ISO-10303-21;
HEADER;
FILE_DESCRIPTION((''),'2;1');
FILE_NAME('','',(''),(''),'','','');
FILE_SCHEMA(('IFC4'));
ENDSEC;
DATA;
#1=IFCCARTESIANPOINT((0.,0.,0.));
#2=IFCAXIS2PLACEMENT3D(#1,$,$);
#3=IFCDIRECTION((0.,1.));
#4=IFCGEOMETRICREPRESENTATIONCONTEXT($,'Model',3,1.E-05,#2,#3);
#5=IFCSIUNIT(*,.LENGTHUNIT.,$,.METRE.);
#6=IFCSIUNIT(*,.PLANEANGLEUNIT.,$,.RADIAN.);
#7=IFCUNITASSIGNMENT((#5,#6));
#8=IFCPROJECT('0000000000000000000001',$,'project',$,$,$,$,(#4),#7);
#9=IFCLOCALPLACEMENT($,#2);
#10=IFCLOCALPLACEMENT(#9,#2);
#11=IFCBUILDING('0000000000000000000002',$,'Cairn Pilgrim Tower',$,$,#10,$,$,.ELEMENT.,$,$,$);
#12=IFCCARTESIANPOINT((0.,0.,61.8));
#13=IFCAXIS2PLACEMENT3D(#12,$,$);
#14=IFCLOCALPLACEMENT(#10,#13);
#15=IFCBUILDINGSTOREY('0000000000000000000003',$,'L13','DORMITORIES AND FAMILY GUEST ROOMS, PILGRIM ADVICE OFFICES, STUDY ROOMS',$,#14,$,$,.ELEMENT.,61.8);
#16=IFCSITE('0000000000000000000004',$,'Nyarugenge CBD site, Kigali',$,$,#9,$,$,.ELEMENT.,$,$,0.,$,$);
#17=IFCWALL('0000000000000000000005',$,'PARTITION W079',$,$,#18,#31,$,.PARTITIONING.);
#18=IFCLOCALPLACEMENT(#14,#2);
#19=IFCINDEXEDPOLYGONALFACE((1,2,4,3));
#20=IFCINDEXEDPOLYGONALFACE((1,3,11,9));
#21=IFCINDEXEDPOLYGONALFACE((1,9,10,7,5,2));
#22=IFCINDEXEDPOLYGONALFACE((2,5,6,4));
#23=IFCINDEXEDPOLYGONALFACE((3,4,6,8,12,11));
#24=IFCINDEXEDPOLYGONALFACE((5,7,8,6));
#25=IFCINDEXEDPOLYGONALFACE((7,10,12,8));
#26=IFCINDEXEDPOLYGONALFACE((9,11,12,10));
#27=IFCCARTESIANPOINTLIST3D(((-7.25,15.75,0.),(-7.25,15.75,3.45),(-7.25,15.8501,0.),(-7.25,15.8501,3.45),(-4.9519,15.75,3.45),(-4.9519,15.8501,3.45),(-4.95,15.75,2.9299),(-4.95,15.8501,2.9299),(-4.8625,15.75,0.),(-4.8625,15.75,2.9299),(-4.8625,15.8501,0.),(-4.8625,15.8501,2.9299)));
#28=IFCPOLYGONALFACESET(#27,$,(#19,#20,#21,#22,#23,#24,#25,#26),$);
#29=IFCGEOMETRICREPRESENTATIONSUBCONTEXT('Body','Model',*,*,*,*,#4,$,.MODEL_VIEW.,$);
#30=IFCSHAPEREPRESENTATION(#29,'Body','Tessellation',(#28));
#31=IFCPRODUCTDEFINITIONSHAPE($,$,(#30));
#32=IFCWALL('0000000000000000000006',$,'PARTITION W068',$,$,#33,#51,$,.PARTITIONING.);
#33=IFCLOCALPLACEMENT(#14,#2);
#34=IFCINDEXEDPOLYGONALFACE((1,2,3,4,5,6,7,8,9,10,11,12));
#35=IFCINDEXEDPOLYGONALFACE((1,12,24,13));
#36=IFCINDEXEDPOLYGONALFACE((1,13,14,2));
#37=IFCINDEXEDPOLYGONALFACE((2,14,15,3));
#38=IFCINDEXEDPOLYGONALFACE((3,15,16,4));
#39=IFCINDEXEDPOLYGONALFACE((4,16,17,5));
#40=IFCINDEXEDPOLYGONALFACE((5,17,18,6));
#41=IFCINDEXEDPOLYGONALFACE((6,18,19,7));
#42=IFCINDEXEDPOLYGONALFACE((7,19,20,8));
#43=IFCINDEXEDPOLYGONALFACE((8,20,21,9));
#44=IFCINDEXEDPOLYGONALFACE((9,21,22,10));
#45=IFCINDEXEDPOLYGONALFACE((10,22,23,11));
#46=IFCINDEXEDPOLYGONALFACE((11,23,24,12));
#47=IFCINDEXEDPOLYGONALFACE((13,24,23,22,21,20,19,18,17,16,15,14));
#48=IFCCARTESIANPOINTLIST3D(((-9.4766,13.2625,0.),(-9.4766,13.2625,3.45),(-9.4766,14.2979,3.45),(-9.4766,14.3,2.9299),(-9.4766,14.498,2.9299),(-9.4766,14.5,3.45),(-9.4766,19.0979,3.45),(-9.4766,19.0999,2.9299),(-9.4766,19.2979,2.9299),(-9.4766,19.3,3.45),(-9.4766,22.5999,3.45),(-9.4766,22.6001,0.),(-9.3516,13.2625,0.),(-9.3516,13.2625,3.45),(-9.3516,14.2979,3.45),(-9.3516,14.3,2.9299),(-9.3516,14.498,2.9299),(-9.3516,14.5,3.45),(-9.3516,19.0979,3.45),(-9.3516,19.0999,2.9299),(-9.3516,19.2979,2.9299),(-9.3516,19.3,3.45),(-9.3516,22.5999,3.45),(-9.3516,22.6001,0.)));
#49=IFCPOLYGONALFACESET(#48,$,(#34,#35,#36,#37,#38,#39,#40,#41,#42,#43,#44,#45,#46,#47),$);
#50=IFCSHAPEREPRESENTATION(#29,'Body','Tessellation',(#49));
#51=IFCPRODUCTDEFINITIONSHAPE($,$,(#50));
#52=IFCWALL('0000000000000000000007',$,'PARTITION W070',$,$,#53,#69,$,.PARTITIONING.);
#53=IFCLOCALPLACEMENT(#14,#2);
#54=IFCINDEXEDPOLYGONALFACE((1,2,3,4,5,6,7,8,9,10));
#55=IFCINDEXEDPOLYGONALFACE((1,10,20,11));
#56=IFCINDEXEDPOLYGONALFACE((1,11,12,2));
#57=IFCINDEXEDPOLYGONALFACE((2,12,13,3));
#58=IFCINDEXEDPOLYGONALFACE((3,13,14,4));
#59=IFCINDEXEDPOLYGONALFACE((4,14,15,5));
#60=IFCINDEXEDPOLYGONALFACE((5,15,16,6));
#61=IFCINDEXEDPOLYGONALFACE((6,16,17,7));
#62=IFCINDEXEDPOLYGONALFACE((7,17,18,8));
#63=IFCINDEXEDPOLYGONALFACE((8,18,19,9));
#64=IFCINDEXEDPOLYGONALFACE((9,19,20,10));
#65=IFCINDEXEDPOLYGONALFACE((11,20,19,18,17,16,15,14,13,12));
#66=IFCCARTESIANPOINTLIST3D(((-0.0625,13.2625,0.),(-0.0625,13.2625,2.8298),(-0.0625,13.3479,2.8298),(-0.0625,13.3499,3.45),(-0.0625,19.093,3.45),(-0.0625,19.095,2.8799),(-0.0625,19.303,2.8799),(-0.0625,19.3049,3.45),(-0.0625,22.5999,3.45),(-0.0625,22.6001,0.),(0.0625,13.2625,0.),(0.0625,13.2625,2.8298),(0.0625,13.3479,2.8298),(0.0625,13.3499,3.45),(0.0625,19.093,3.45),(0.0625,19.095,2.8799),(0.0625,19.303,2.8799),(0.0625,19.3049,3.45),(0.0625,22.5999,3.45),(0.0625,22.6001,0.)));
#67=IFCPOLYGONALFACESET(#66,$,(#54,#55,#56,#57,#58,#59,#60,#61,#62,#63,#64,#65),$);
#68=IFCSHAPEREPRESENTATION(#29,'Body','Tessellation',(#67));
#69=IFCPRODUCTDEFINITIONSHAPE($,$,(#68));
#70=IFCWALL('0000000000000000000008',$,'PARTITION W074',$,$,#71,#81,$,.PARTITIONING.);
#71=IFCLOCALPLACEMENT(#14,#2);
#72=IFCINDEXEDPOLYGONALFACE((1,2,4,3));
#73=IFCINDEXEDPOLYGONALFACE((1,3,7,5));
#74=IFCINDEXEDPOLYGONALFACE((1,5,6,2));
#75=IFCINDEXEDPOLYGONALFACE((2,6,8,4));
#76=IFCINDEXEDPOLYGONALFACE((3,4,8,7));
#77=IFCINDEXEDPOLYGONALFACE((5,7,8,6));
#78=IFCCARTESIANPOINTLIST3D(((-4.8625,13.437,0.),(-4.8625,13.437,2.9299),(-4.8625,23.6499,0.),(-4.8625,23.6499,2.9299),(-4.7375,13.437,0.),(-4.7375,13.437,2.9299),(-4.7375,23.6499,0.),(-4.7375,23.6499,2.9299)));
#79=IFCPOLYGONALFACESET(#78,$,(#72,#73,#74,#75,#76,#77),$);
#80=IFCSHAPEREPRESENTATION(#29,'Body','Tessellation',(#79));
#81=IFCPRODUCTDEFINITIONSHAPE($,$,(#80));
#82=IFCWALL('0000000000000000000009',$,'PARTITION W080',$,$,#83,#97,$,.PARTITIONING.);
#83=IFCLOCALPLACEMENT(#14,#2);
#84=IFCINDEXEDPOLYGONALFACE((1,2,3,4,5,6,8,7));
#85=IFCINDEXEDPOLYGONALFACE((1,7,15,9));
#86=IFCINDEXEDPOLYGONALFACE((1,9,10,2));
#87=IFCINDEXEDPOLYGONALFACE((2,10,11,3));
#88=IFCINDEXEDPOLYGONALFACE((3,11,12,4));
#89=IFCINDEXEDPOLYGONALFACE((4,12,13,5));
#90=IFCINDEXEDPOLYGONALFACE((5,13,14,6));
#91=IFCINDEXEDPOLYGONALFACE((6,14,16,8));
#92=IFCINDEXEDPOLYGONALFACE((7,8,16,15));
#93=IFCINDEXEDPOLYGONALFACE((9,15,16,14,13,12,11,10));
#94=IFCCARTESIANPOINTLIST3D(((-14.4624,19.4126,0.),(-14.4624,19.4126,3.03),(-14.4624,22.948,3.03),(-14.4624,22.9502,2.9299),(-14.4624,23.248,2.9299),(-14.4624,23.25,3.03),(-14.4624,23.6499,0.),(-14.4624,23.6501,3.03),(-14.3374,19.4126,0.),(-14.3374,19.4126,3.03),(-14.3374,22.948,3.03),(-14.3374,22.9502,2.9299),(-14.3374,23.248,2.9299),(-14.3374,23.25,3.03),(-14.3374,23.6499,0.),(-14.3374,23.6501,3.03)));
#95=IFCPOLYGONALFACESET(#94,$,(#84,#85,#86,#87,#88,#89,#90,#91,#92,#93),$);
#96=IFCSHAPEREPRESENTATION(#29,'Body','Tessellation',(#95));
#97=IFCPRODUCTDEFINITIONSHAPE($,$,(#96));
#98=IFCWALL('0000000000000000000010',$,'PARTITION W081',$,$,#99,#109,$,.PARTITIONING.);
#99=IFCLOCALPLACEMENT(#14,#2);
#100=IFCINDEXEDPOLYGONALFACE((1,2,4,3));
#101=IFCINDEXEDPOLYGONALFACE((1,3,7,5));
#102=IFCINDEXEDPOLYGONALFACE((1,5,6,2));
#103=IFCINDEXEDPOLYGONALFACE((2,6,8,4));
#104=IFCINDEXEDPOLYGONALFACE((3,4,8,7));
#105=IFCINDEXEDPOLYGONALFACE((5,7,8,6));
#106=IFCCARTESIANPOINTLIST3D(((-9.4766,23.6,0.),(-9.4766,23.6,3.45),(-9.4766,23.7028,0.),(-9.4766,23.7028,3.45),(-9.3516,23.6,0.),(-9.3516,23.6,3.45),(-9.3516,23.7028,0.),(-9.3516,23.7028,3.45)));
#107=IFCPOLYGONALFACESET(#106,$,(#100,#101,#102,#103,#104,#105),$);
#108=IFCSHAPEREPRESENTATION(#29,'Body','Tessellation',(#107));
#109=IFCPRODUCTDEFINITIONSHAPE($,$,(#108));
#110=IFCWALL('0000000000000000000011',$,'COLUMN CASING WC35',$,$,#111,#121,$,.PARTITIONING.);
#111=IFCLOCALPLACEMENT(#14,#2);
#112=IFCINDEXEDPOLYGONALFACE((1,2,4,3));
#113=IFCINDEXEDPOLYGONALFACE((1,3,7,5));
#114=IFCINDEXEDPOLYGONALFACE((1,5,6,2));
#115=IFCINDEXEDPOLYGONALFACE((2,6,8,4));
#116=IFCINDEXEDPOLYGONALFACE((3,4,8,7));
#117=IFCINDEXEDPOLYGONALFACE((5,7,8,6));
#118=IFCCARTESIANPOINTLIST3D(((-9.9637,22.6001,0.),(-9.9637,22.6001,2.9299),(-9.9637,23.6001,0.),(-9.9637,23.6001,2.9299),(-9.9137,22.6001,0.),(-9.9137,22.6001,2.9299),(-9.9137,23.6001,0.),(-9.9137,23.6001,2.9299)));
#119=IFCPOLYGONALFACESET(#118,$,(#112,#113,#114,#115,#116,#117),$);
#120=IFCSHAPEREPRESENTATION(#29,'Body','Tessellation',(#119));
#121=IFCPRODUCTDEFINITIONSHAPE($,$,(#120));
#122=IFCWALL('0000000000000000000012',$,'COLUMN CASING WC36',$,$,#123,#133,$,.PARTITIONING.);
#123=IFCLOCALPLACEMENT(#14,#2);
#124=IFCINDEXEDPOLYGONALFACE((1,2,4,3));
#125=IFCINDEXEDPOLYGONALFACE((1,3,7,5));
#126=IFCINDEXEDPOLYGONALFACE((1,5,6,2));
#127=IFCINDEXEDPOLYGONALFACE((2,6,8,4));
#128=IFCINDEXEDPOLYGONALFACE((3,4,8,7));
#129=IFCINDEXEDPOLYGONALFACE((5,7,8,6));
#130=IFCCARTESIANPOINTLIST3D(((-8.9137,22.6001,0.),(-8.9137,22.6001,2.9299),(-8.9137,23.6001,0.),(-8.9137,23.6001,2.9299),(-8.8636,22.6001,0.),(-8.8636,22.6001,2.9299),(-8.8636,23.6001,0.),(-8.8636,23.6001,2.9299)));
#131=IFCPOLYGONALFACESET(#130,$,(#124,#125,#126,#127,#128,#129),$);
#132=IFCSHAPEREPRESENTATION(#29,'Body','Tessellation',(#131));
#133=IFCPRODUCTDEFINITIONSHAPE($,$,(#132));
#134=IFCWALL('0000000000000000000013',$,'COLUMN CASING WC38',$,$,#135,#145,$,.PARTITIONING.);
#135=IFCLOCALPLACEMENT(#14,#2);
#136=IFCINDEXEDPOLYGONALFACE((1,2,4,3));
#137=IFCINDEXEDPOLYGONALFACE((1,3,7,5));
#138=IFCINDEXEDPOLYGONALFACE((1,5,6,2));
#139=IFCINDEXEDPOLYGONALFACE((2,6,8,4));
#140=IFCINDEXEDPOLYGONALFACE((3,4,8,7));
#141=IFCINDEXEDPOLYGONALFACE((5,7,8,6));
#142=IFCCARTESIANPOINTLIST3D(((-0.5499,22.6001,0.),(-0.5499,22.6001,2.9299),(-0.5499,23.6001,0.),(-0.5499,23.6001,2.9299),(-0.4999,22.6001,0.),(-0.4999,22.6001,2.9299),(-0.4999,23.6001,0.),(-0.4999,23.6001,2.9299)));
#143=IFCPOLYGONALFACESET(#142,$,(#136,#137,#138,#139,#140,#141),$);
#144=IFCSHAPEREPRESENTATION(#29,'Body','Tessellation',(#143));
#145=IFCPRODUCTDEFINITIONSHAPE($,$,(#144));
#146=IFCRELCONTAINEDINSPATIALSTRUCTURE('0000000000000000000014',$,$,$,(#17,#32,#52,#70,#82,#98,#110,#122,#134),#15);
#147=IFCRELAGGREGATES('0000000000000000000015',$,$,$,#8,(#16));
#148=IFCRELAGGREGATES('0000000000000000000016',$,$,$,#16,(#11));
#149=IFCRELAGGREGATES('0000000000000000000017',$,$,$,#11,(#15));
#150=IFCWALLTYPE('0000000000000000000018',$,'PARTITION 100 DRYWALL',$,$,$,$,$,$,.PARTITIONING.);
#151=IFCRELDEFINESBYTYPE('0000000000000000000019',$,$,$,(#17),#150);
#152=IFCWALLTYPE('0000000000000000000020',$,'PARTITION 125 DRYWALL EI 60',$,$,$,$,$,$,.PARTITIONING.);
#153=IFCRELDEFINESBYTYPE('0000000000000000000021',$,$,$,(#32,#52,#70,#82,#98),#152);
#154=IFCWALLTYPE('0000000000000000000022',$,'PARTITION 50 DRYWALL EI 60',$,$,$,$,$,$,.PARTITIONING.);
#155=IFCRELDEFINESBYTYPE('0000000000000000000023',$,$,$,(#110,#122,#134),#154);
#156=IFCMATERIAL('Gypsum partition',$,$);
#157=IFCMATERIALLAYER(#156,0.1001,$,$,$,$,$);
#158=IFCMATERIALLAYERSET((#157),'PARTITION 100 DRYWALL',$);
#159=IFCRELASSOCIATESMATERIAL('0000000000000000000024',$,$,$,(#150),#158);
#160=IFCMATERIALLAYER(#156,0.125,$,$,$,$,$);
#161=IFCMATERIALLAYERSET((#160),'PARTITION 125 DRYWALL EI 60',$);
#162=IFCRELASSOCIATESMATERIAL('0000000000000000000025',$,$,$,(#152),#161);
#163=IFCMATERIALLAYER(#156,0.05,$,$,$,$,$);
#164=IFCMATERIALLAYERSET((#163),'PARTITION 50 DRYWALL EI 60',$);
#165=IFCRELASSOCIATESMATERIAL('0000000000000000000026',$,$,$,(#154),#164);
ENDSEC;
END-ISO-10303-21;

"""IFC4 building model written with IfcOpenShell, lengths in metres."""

from ifc_helpers import new_model, si_unit, direction, frame, frame_2d, origin, place, context, subcontext, project, spatial, polyline, rectangle, outline, extrude, material, layer, layer_set, type_object, element, save


model = new_model("IFC4")

# Units and contexts
model_context = context("Model", 3, precision=1e-05, world=origin(), true_north=direction((0.0, 1.0)))
body_context = subcontext(model_context, "Body", "Model", "MODEL_VIEW")
ifc_project = project(units=[si_unit("LENGTHUNIT", "METRE"), si_unit("PLANEANGLEUNIT", "RADIAN")], contexts=[model_context])

# Site, building, storey
site_placement = place(None, origin())
site = spatial("IfcSite", under=ifc_project, at=site_placement, Name="Nyarugenge CBD site, Kigali", CompositionType="ELEMENT", RefElevation=0.0)
building_placement = place(site_placement, origin())
building = spatial("IfcBuilding", under=site, at=building_placement, Name="Cairn Pilgrim Tower", CompositionType="ELEMENT")
storey_placement = place(building_placement, frame((0.0, 0.0, 61.8)))
storey = spatial("IfcBuildingStorey", under=building, at=storey_placement, Name="L13", Description="DORMITORIES AND FAMILY GUEST ROOMS, PILGRIM ADVICE OFFICES, STUDY ROOMS", CompositionType="ELEMENT", Elevation=61.8)

# Shared definitions
ifc_material_1 = material(Name="Gypsum partition")
ifc_layer_1 = layer(ifc_material_1, 0.1001)
ifc_layer_set_1 = layer_set([ifc_layer_1], Name="PARTITION 100 DRYWALL")
wall_type_1 = type_object("IfcWallType", Name="PARTITION 100 DRYWALL", PredefinedType="PARTITIONING", material=ifc_layer_set_1)

# Walls
wall_1_placement = place(storey_placement, frame((-7.25, 15.8, 0.0), z_axis=(0.0, 0.0, 1.0), x_axis=(1.0, 0.0, 0.0)))
element("IfcWall", 1, at=wall_1_placement, inside=storey, type_object=wall_type_1, Name="PARTITION W079", PredefinedType="PARTITIONING", context=body_context, shape_type="SweptSolid", body=[
    extrude(outline(polyline([(0.0, 0.0), (2.3875, 0.0), (2.3875, 2.9299), (2.3, 2.9299), (2.2981, 3.45), (0.0, 3.45), (0.0, 0.0)])), frame((0.0, 0.05, 0.0), z_axis=(0.0, -1.0, 0.0), x_axis=(1.0, 0.0, 0.0)), (0.0, 0.0, 1.0), 0.1001),
])
ifc_layer_2 = layer(ifc_material_1, 0.125)
ifc_layer_set_2 = layer_set([ifc_layer_2], Name="PARTITION 125 DRYWALL EI 60")
wall_type_2 = type_object("IfcWallType", Name="PARTITION 125 DRYWALL EI 60", PredefinedType="PARTITIONING", material=ifc_layer_set_2)
wall_2_placement = place(storey_placement, frame((-9.4141, 13.2625, 0.0), z_axis=(0.0, 0.0, 1.0), x_axis=(0.0, 1.0, 0.0)))
element("IfcWall", 2, at=wall_2_placement, inside=storey, type_object=wall_type_2, Name="PARTITION W068", PredefinedType="PARTITIONING", context=body_context, shape_type="SweptSolid", body=[
    extrude(outline(polyline([(0.0, 0.0), (9.3376, 0.0), (9.3374, 3.45), (6.0376, 3.45), (6.0354, 2.9299), (5.8374, 2.9299), (5.8354, 3.45), (1.2375, 3.45), (1.2356, 2.9299), (1.0376, 2.9299), (1.0354, 3.45), (0.0, 3.45), (0.0, 0.0)])), frame((0.0, 0.0625, 0.0), z_axis=(0.0, -1.0, 0.0), x_axis=(1.0, 0.0, 0.0)), (0.0, 0.0, 1.0), 0.125),
])
wall_3_placement = place(storey_placement, frame((0.0, 13.2625, 0.0), z_axis=(0.0, 0.0, 1.0), x_axis=(0.0, 1.0, 0.0)))
element("IfcWall", 3, at=wall_3_placement, inside=storey, type_object=wall_type_2, Name="PARTITION W070", PredefinedType="PARTITIONING", context=body_context, shape_type="SweptSolid", body=[
    extrude(outline(polyline([(0.0, 0.0), (9.3376, 0.0), (9.3374, 3.45), (6.0425, 3.45), (6.0405, 2.8799), (5.8325, 2.8799), (5.8306, 3.45), (0.0874, 3.45), (0.0854, 2.8298), (0.0, 2.8298), (0.0, 0.0)])), frame((0.0, 0.0625, 0.0), z_axis=(0.0, -1.0, 0.0), x_axis=(1.0, 0.0, 0.0)), (0.0, 0.0, 1.0), 0.125),
])
wall_4_placement = place(storey_placement, frame((-4.8, 13.437, 0.0), z_axis=(0.0, 0.0, 1.0), x_axis=(0.0, 1.0, 0.0)))
element("IfcWall", 4, at=wall_4_placement, inside=storey, type_object=wall_type_2, Name="PARTITION W074", PredefinedType="PARTITIONING", context=body_context, shape_type="SweptSolid", body=[
    extrude(rectangle(XDim=10.2129, YDim=0.125, at=frame_2d((5.1064, 0.0))), origin(), (0.0, 0.0, 1.0), 2.9299),
])
wall_5_placement = place(storey_placement, frame((-14.3999, 19.4126, 0.0), z_axis=(0.0, 0.0, 1.0), x_axis=(0.0, 1.0, 0.0)))
element("IfcWall", 5, at=wall_5_placement, inside=storey, type_object=wall_type_2, Name="PARTITION W080", PredefinedType="PARTITIONING", context=body_context, shape_type="SweptSolid", body=[
    extrude(outline(polyline([(0.0, 0.0), (4.2373, 0.0), (4.2375, 3.03), (3.8374, 3.03), (3.8354, 2.9299), (3.5376, 2.9299), (3.5354, 3.03), (0.0, 3.03), (0.0, 0.0)])), frame((0.0, 0.0625, 0.0), z_axis=(0.0, -1.0, 0.0), x_axis=(1.0, 0.0, 0.0)), (0.0, 0.0, 1.0), 0.125),
])
wall_6_placement = place(storey_placement, frame((-9.4141, 23.6001, 0.0), z_axis=(0.0, 0.0, 1.0), x_axis=(0.0, 1.0, 0.0)))
element("IfcWall", 6, at=wall_6_placement, inside=storey, type_object=wall_type_2, Name="PARTITION W081", PredefinedType="PARTITIONING", context=body_context, shape_type="SweptSolid", body=[
    extrude(rectangle(XDim=0.1028, YDim=0.125, at=frame_2d((0.0513, 0.0))), origin(), (0.0, 0.0, 1.0), 3.45),
])
ifc_layer_3 = layer(ifc_material_1, 0.05)
ifc_layer_set_3 = layer_set([ifc_layer_3], Name="PARTITION 50 DRYWALL EI 60")
wall_type_3 = type_object("IfcWallType", Name="PARTITION 50 DRYWALL EI 60", PredefinedType="PARTITIONING", material=ifc_layer_set_3)
for number, where, z_axis, x_axis, name in (
    (7, (-9.9387, 22.6001, 0.0), (0.0, 0.0, 1.0), (0.0, 1.0, 0.0), "COLUMN CASING WC35"),
    (8, (-8.8887, 22.6001, 0.0), (0.0, 0.0, 1.0), (0.0, 1.0, 0.0), "COLUMN CASING WC36"),
    (9, (-0.5249, 22.6001, 0.0), (0.0, 0.0, 1.0), (0.0, 1.0, 0.0), "COLUMN CASING WC38"),
):
    element("IfcWall", number, at=place(storey_placement, frame(where, z_axis=z_axis, x_axis=x_axis)), inside=storey, type_object=wall_type_3, Name=name, PredefinedType="PARTITIONING", context=body_context, shape_type="SweptSolid", body=[
        extrude(rectangle(XDim=1.0, YDim=0.05, at=frame_2d((0.5, 0.0))), origin(), (0.0, 0.0, 1.0), 2.9299),
    ])

save(model, "model.ifc")
